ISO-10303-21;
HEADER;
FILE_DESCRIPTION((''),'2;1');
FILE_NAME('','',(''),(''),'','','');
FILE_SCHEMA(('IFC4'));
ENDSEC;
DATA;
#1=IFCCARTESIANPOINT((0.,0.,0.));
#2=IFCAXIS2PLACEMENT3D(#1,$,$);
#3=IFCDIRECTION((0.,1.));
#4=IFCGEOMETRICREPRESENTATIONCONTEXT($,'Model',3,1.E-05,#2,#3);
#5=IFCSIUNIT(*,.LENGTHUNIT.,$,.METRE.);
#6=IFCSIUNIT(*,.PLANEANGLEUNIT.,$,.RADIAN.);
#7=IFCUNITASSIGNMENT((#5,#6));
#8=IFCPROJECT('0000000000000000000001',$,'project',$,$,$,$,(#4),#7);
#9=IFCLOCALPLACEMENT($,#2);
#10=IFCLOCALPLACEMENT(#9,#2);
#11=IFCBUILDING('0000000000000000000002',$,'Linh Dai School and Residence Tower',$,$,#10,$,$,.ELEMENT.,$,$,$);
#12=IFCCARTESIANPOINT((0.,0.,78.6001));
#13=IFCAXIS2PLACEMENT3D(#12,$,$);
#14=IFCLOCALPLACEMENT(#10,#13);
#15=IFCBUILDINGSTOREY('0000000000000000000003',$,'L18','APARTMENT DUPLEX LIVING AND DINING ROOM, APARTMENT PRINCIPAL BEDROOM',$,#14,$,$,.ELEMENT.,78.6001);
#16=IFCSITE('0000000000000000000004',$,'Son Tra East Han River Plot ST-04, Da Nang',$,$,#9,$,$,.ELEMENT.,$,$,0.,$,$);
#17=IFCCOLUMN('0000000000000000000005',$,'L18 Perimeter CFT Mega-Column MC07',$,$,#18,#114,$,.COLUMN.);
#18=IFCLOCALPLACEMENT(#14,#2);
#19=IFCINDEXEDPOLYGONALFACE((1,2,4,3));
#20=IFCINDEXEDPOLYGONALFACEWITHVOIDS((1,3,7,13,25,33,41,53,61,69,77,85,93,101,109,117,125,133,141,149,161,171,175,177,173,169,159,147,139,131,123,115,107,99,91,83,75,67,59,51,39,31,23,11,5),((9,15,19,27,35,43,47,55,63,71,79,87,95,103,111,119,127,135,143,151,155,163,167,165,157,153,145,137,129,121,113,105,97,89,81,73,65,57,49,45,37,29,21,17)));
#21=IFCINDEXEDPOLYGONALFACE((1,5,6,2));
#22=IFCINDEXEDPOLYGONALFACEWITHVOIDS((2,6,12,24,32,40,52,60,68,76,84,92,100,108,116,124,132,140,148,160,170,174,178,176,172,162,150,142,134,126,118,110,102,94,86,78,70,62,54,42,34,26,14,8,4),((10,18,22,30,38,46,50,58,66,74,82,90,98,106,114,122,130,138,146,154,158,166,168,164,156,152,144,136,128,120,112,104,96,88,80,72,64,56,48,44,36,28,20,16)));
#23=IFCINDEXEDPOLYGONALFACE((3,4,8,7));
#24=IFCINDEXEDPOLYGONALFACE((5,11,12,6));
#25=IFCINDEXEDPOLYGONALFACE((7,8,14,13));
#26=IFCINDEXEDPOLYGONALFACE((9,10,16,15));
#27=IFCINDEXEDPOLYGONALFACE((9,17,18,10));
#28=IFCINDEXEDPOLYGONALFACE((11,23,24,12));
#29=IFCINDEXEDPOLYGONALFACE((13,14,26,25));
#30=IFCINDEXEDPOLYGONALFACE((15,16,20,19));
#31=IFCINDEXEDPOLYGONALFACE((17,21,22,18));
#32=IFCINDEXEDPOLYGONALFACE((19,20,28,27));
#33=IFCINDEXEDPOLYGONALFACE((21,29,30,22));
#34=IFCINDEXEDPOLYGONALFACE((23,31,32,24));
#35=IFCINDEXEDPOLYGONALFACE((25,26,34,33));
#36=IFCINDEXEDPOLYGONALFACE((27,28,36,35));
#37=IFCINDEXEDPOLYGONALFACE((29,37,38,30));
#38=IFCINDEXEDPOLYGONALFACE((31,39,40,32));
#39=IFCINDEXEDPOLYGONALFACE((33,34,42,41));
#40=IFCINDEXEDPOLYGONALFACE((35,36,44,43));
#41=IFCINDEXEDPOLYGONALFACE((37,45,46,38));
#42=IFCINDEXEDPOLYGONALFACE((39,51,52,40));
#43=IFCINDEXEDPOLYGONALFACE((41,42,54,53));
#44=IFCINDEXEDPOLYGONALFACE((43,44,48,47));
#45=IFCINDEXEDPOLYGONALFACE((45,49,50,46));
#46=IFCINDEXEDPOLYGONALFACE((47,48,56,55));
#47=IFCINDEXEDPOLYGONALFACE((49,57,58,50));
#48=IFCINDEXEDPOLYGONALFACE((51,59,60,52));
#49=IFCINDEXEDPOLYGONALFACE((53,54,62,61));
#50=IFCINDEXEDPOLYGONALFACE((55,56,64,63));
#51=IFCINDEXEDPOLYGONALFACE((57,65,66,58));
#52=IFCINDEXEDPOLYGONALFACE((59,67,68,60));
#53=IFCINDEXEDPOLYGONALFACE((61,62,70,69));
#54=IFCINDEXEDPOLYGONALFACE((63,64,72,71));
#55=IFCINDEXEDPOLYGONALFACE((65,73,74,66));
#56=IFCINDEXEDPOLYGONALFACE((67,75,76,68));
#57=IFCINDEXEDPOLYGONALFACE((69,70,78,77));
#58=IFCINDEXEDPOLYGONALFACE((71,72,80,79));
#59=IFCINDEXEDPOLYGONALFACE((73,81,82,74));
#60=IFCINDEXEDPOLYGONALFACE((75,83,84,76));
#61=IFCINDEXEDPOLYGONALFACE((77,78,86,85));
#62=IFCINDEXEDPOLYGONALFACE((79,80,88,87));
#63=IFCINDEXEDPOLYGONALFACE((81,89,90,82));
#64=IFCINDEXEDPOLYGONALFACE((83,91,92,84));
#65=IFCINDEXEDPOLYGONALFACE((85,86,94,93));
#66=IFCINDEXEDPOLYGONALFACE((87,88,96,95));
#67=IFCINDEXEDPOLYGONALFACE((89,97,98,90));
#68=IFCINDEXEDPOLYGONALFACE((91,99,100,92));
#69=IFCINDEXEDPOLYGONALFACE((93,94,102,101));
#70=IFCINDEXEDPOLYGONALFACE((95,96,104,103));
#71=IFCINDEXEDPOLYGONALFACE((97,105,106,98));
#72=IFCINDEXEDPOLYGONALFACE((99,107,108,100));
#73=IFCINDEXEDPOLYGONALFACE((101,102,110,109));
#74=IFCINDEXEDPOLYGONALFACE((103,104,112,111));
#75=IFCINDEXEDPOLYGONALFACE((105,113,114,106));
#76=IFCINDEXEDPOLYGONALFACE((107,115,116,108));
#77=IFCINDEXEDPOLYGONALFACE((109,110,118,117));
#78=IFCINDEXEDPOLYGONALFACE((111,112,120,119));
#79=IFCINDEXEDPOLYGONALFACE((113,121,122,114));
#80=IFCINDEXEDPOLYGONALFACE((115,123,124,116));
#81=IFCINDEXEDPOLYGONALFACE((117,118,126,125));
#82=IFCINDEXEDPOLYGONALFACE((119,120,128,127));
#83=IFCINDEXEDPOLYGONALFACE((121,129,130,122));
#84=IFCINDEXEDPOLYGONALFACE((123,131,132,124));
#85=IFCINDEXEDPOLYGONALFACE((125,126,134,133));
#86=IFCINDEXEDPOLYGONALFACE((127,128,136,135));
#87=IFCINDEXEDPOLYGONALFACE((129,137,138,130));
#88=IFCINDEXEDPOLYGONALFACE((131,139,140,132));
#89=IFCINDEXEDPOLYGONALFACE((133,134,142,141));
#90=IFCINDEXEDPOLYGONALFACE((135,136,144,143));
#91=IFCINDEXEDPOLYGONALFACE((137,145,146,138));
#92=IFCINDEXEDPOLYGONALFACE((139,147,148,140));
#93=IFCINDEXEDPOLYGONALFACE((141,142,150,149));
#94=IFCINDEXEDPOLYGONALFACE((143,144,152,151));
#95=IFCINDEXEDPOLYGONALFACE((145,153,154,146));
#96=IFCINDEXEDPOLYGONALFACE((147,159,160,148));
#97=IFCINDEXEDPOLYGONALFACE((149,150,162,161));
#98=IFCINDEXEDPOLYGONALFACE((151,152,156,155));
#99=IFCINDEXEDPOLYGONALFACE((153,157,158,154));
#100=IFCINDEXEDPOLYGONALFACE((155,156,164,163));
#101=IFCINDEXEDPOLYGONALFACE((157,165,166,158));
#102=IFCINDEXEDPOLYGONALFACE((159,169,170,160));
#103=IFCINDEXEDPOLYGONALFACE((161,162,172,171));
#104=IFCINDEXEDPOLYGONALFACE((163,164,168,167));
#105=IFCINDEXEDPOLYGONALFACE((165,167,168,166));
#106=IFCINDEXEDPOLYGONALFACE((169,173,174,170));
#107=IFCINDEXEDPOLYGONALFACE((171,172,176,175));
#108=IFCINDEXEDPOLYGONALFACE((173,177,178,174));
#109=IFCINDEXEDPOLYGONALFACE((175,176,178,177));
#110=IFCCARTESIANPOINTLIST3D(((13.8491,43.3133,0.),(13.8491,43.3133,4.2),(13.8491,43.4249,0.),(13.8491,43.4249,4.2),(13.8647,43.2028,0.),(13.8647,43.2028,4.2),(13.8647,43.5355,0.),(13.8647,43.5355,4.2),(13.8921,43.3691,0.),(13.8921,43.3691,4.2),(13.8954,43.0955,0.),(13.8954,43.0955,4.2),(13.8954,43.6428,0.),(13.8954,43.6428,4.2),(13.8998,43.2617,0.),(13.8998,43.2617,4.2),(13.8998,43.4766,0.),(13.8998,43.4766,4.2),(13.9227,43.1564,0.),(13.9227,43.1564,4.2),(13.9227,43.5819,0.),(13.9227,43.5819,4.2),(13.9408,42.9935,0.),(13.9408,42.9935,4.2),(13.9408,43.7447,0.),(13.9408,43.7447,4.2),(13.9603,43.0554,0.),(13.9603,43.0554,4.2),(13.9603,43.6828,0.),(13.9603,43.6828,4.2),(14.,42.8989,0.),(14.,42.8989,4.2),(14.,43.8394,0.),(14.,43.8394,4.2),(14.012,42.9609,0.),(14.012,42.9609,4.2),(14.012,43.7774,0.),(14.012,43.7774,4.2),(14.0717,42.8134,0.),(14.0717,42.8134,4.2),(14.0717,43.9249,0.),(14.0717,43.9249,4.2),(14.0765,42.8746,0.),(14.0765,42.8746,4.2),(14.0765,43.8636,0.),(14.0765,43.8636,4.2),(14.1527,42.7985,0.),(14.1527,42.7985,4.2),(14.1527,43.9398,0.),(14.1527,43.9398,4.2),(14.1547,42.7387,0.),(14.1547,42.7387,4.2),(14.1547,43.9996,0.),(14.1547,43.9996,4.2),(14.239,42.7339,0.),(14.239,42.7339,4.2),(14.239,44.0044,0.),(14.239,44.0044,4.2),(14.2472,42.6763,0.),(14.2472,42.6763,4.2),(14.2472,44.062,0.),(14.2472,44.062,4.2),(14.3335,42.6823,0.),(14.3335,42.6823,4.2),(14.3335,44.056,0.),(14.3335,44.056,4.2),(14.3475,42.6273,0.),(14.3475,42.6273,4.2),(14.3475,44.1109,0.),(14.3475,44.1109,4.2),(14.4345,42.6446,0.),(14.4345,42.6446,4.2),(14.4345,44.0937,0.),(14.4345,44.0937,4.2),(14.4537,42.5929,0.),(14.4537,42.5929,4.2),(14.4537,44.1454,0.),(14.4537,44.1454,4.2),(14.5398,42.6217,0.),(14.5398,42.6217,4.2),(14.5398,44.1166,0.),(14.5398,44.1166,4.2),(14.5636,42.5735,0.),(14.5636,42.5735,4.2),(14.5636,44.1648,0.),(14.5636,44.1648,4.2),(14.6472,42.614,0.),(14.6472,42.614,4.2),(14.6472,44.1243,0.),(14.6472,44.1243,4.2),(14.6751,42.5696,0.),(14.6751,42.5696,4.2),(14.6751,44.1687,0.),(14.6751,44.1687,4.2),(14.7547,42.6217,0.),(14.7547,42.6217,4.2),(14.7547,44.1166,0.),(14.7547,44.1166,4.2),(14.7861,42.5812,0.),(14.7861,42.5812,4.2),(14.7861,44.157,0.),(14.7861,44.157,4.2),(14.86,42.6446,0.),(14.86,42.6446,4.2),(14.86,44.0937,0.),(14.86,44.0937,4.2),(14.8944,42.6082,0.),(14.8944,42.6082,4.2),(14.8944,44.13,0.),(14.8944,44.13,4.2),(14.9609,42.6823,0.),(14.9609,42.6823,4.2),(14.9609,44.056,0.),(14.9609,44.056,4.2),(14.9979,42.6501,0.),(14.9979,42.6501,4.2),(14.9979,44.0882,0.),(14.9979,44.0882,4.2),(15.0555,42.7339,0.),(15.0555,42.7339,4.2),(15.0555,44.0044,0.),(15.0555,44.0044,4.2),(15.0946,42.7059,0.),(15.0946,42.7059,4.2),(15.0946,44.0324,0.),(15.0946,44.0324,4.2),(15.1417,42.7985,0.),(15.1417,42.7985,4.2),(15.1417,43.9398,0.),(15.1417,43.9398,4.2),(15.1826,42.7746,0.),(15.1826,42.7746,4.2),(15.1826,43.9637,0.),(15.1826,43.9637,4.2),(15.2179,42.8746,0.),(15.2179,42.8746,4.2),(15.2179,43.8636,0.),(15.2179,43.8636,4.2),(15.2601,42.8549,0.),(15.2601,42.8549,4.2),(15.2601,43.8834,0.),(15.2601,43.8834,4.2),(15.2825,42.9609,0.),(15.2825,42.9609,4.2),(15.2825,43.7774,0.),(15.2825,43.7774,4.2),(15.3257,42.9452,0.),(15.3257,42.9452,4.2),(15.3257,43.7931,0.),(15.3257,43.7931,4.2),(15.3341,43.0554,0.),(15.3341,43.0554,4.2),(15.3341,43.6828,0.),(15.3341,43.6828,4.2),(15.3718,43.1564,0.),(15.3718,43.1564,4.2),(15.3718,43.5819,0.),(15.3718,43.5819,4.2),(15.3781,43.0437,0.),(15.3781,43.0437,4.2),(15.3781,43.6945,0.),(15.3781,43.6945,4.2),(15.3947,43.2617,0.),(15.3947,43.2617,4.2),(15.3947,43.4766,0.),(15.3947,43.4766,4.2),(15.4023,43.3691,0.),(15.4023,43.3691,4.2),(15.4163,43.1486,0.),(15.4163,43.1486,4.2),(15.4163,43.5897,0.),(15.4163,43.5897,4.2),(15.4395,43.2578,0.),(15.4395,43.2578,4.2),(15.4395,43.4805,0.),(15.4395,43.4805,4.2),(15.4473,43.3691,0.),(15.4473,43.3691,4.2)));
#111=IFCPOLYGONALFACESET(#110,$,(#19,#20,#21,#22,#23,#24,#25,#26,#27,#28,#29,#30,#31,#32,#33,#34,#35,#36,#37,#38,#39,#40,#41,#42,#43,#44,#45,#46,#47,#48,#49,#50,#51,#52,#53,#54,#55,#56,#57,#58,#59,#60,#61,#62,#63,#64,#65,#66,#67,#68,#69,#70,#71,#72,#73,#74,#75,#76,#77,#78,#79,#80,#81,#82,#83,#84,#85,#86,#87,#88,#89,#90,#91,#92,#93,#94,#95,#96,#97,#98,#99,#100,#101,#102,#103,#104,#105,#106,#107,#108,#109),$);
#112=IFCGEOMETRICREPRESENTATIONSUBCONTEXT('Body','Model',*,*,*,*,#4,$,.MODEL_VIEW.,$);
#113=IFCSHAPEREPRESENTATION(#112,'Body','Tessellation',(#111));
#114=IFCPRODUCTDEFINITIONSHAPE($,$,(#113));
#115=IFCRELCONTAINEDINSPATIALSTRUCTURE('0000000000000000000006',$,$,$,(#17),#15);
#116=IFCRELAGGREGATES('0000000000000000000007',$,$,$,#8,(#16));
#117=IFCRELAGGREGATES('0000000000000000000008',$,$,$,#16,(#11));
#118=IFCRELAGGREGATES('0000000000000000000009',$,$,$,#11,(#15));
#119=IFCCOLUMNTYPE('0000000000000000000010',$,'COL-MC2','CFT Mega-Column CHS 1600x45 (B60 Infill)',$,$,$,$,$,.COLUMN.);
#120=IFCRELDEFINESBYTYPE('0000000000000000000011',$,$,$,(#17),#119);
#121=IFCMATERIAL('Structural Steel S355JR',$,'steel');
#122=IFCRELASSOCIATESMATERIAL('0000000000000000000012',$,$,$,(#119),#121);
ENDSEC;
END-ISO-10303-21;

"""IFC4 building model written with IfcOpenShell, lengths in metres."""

from ifc_helpers import new_model, si_unit, direction, frame, origin, origin_2d, place, context, subcontext, project, spatial, hollow_circle, extrude, material, material_profile, profile_set, type_object, element, save


model = new_model("IFC4")

# Units and contexts
model_context = context("Model", 3, precision=1e-05, world=origin(), true_north=direction((0.0, 1.0)))
body_context = subcontext(model_context, "Body", "Model", "MODEL_VIEW")
ifc_project = project(units=[si_unit("LENGTHUNIT", "METRE"), si_unit("PLANEANGLEUNIT", "RADIAN")], contexts=[model_context])

# Site, building, storey
site_placement = place(None, origin())
site = spatial("IfcSite", under=ifc_project, at=site_placement, Name="Son Tra East Han River Plot ST-04, Da Nang", CompositionType="ELEMENT", RefElevation=0.0)
building_placement = place(site_placement, origin())
building = spatial("IfcBuilding", under=site, at=building_placement, Name="Linh Dai School and Residence Tower", CompositionType="ELEMENT")
storey_placement = place(building_placement, frame((0.0, 0.0, 78.6001)))
storey = spatial("IfcBuildingStorey", under=building, at=storey_placement, Name="L18", Description="APARTMENT DUPLEX LIVING AND DINING ROOM, APARTMENT PRINCIPAL BEDROOM", CompositionType="ELEMENT", Elevation=78.6001)

# Column
ifc_material_1 = material(Name="Structural Steel S355JR", Category="steel")
ifc_material_profile_1 = material_profile(ifc_material_1, hollow_circle(Radius=0.8, WallThickness=0.0449, at=origin_2d()), Name="CHS 1600x45")
ifc_profile_set_1 = profile_set([ifc_material_profile_1], Name="Structural Steel S355JR")
column_type = type_object("IfcColumnType", Name="COL-MC2", Description="CFT Mega-Column CHS 1600x45 (B60 Infill)", PredefinedType="COLUMN", material=ifc_profile_set_1)
for number, where, z_axis, x_axis, name in (
    (1, (14.6472, 43.3691, 0.0), (0.0, 0.0, 1.0), (1.0, 0.0, 0.0), "L18 Perimeter CFT Mega-Column MC07"),
):
    element("IfcColumn", number, at=place(storey_placement, frame(where, z_axis=z_axis, x_axis=x_axis)), inside=storey, type_object=column_type, Name=name, PredefinedType="COLUMN", context=body_context, shape_type="SweptSolid", body=[
        extrude(hollow_circle(Radius=0.8, WallThickness=0.0449, at=origin_2d()), origin(), (0.0, 0.0, 1.0), 4.2),
    ])

save(model, "model.ifc")
